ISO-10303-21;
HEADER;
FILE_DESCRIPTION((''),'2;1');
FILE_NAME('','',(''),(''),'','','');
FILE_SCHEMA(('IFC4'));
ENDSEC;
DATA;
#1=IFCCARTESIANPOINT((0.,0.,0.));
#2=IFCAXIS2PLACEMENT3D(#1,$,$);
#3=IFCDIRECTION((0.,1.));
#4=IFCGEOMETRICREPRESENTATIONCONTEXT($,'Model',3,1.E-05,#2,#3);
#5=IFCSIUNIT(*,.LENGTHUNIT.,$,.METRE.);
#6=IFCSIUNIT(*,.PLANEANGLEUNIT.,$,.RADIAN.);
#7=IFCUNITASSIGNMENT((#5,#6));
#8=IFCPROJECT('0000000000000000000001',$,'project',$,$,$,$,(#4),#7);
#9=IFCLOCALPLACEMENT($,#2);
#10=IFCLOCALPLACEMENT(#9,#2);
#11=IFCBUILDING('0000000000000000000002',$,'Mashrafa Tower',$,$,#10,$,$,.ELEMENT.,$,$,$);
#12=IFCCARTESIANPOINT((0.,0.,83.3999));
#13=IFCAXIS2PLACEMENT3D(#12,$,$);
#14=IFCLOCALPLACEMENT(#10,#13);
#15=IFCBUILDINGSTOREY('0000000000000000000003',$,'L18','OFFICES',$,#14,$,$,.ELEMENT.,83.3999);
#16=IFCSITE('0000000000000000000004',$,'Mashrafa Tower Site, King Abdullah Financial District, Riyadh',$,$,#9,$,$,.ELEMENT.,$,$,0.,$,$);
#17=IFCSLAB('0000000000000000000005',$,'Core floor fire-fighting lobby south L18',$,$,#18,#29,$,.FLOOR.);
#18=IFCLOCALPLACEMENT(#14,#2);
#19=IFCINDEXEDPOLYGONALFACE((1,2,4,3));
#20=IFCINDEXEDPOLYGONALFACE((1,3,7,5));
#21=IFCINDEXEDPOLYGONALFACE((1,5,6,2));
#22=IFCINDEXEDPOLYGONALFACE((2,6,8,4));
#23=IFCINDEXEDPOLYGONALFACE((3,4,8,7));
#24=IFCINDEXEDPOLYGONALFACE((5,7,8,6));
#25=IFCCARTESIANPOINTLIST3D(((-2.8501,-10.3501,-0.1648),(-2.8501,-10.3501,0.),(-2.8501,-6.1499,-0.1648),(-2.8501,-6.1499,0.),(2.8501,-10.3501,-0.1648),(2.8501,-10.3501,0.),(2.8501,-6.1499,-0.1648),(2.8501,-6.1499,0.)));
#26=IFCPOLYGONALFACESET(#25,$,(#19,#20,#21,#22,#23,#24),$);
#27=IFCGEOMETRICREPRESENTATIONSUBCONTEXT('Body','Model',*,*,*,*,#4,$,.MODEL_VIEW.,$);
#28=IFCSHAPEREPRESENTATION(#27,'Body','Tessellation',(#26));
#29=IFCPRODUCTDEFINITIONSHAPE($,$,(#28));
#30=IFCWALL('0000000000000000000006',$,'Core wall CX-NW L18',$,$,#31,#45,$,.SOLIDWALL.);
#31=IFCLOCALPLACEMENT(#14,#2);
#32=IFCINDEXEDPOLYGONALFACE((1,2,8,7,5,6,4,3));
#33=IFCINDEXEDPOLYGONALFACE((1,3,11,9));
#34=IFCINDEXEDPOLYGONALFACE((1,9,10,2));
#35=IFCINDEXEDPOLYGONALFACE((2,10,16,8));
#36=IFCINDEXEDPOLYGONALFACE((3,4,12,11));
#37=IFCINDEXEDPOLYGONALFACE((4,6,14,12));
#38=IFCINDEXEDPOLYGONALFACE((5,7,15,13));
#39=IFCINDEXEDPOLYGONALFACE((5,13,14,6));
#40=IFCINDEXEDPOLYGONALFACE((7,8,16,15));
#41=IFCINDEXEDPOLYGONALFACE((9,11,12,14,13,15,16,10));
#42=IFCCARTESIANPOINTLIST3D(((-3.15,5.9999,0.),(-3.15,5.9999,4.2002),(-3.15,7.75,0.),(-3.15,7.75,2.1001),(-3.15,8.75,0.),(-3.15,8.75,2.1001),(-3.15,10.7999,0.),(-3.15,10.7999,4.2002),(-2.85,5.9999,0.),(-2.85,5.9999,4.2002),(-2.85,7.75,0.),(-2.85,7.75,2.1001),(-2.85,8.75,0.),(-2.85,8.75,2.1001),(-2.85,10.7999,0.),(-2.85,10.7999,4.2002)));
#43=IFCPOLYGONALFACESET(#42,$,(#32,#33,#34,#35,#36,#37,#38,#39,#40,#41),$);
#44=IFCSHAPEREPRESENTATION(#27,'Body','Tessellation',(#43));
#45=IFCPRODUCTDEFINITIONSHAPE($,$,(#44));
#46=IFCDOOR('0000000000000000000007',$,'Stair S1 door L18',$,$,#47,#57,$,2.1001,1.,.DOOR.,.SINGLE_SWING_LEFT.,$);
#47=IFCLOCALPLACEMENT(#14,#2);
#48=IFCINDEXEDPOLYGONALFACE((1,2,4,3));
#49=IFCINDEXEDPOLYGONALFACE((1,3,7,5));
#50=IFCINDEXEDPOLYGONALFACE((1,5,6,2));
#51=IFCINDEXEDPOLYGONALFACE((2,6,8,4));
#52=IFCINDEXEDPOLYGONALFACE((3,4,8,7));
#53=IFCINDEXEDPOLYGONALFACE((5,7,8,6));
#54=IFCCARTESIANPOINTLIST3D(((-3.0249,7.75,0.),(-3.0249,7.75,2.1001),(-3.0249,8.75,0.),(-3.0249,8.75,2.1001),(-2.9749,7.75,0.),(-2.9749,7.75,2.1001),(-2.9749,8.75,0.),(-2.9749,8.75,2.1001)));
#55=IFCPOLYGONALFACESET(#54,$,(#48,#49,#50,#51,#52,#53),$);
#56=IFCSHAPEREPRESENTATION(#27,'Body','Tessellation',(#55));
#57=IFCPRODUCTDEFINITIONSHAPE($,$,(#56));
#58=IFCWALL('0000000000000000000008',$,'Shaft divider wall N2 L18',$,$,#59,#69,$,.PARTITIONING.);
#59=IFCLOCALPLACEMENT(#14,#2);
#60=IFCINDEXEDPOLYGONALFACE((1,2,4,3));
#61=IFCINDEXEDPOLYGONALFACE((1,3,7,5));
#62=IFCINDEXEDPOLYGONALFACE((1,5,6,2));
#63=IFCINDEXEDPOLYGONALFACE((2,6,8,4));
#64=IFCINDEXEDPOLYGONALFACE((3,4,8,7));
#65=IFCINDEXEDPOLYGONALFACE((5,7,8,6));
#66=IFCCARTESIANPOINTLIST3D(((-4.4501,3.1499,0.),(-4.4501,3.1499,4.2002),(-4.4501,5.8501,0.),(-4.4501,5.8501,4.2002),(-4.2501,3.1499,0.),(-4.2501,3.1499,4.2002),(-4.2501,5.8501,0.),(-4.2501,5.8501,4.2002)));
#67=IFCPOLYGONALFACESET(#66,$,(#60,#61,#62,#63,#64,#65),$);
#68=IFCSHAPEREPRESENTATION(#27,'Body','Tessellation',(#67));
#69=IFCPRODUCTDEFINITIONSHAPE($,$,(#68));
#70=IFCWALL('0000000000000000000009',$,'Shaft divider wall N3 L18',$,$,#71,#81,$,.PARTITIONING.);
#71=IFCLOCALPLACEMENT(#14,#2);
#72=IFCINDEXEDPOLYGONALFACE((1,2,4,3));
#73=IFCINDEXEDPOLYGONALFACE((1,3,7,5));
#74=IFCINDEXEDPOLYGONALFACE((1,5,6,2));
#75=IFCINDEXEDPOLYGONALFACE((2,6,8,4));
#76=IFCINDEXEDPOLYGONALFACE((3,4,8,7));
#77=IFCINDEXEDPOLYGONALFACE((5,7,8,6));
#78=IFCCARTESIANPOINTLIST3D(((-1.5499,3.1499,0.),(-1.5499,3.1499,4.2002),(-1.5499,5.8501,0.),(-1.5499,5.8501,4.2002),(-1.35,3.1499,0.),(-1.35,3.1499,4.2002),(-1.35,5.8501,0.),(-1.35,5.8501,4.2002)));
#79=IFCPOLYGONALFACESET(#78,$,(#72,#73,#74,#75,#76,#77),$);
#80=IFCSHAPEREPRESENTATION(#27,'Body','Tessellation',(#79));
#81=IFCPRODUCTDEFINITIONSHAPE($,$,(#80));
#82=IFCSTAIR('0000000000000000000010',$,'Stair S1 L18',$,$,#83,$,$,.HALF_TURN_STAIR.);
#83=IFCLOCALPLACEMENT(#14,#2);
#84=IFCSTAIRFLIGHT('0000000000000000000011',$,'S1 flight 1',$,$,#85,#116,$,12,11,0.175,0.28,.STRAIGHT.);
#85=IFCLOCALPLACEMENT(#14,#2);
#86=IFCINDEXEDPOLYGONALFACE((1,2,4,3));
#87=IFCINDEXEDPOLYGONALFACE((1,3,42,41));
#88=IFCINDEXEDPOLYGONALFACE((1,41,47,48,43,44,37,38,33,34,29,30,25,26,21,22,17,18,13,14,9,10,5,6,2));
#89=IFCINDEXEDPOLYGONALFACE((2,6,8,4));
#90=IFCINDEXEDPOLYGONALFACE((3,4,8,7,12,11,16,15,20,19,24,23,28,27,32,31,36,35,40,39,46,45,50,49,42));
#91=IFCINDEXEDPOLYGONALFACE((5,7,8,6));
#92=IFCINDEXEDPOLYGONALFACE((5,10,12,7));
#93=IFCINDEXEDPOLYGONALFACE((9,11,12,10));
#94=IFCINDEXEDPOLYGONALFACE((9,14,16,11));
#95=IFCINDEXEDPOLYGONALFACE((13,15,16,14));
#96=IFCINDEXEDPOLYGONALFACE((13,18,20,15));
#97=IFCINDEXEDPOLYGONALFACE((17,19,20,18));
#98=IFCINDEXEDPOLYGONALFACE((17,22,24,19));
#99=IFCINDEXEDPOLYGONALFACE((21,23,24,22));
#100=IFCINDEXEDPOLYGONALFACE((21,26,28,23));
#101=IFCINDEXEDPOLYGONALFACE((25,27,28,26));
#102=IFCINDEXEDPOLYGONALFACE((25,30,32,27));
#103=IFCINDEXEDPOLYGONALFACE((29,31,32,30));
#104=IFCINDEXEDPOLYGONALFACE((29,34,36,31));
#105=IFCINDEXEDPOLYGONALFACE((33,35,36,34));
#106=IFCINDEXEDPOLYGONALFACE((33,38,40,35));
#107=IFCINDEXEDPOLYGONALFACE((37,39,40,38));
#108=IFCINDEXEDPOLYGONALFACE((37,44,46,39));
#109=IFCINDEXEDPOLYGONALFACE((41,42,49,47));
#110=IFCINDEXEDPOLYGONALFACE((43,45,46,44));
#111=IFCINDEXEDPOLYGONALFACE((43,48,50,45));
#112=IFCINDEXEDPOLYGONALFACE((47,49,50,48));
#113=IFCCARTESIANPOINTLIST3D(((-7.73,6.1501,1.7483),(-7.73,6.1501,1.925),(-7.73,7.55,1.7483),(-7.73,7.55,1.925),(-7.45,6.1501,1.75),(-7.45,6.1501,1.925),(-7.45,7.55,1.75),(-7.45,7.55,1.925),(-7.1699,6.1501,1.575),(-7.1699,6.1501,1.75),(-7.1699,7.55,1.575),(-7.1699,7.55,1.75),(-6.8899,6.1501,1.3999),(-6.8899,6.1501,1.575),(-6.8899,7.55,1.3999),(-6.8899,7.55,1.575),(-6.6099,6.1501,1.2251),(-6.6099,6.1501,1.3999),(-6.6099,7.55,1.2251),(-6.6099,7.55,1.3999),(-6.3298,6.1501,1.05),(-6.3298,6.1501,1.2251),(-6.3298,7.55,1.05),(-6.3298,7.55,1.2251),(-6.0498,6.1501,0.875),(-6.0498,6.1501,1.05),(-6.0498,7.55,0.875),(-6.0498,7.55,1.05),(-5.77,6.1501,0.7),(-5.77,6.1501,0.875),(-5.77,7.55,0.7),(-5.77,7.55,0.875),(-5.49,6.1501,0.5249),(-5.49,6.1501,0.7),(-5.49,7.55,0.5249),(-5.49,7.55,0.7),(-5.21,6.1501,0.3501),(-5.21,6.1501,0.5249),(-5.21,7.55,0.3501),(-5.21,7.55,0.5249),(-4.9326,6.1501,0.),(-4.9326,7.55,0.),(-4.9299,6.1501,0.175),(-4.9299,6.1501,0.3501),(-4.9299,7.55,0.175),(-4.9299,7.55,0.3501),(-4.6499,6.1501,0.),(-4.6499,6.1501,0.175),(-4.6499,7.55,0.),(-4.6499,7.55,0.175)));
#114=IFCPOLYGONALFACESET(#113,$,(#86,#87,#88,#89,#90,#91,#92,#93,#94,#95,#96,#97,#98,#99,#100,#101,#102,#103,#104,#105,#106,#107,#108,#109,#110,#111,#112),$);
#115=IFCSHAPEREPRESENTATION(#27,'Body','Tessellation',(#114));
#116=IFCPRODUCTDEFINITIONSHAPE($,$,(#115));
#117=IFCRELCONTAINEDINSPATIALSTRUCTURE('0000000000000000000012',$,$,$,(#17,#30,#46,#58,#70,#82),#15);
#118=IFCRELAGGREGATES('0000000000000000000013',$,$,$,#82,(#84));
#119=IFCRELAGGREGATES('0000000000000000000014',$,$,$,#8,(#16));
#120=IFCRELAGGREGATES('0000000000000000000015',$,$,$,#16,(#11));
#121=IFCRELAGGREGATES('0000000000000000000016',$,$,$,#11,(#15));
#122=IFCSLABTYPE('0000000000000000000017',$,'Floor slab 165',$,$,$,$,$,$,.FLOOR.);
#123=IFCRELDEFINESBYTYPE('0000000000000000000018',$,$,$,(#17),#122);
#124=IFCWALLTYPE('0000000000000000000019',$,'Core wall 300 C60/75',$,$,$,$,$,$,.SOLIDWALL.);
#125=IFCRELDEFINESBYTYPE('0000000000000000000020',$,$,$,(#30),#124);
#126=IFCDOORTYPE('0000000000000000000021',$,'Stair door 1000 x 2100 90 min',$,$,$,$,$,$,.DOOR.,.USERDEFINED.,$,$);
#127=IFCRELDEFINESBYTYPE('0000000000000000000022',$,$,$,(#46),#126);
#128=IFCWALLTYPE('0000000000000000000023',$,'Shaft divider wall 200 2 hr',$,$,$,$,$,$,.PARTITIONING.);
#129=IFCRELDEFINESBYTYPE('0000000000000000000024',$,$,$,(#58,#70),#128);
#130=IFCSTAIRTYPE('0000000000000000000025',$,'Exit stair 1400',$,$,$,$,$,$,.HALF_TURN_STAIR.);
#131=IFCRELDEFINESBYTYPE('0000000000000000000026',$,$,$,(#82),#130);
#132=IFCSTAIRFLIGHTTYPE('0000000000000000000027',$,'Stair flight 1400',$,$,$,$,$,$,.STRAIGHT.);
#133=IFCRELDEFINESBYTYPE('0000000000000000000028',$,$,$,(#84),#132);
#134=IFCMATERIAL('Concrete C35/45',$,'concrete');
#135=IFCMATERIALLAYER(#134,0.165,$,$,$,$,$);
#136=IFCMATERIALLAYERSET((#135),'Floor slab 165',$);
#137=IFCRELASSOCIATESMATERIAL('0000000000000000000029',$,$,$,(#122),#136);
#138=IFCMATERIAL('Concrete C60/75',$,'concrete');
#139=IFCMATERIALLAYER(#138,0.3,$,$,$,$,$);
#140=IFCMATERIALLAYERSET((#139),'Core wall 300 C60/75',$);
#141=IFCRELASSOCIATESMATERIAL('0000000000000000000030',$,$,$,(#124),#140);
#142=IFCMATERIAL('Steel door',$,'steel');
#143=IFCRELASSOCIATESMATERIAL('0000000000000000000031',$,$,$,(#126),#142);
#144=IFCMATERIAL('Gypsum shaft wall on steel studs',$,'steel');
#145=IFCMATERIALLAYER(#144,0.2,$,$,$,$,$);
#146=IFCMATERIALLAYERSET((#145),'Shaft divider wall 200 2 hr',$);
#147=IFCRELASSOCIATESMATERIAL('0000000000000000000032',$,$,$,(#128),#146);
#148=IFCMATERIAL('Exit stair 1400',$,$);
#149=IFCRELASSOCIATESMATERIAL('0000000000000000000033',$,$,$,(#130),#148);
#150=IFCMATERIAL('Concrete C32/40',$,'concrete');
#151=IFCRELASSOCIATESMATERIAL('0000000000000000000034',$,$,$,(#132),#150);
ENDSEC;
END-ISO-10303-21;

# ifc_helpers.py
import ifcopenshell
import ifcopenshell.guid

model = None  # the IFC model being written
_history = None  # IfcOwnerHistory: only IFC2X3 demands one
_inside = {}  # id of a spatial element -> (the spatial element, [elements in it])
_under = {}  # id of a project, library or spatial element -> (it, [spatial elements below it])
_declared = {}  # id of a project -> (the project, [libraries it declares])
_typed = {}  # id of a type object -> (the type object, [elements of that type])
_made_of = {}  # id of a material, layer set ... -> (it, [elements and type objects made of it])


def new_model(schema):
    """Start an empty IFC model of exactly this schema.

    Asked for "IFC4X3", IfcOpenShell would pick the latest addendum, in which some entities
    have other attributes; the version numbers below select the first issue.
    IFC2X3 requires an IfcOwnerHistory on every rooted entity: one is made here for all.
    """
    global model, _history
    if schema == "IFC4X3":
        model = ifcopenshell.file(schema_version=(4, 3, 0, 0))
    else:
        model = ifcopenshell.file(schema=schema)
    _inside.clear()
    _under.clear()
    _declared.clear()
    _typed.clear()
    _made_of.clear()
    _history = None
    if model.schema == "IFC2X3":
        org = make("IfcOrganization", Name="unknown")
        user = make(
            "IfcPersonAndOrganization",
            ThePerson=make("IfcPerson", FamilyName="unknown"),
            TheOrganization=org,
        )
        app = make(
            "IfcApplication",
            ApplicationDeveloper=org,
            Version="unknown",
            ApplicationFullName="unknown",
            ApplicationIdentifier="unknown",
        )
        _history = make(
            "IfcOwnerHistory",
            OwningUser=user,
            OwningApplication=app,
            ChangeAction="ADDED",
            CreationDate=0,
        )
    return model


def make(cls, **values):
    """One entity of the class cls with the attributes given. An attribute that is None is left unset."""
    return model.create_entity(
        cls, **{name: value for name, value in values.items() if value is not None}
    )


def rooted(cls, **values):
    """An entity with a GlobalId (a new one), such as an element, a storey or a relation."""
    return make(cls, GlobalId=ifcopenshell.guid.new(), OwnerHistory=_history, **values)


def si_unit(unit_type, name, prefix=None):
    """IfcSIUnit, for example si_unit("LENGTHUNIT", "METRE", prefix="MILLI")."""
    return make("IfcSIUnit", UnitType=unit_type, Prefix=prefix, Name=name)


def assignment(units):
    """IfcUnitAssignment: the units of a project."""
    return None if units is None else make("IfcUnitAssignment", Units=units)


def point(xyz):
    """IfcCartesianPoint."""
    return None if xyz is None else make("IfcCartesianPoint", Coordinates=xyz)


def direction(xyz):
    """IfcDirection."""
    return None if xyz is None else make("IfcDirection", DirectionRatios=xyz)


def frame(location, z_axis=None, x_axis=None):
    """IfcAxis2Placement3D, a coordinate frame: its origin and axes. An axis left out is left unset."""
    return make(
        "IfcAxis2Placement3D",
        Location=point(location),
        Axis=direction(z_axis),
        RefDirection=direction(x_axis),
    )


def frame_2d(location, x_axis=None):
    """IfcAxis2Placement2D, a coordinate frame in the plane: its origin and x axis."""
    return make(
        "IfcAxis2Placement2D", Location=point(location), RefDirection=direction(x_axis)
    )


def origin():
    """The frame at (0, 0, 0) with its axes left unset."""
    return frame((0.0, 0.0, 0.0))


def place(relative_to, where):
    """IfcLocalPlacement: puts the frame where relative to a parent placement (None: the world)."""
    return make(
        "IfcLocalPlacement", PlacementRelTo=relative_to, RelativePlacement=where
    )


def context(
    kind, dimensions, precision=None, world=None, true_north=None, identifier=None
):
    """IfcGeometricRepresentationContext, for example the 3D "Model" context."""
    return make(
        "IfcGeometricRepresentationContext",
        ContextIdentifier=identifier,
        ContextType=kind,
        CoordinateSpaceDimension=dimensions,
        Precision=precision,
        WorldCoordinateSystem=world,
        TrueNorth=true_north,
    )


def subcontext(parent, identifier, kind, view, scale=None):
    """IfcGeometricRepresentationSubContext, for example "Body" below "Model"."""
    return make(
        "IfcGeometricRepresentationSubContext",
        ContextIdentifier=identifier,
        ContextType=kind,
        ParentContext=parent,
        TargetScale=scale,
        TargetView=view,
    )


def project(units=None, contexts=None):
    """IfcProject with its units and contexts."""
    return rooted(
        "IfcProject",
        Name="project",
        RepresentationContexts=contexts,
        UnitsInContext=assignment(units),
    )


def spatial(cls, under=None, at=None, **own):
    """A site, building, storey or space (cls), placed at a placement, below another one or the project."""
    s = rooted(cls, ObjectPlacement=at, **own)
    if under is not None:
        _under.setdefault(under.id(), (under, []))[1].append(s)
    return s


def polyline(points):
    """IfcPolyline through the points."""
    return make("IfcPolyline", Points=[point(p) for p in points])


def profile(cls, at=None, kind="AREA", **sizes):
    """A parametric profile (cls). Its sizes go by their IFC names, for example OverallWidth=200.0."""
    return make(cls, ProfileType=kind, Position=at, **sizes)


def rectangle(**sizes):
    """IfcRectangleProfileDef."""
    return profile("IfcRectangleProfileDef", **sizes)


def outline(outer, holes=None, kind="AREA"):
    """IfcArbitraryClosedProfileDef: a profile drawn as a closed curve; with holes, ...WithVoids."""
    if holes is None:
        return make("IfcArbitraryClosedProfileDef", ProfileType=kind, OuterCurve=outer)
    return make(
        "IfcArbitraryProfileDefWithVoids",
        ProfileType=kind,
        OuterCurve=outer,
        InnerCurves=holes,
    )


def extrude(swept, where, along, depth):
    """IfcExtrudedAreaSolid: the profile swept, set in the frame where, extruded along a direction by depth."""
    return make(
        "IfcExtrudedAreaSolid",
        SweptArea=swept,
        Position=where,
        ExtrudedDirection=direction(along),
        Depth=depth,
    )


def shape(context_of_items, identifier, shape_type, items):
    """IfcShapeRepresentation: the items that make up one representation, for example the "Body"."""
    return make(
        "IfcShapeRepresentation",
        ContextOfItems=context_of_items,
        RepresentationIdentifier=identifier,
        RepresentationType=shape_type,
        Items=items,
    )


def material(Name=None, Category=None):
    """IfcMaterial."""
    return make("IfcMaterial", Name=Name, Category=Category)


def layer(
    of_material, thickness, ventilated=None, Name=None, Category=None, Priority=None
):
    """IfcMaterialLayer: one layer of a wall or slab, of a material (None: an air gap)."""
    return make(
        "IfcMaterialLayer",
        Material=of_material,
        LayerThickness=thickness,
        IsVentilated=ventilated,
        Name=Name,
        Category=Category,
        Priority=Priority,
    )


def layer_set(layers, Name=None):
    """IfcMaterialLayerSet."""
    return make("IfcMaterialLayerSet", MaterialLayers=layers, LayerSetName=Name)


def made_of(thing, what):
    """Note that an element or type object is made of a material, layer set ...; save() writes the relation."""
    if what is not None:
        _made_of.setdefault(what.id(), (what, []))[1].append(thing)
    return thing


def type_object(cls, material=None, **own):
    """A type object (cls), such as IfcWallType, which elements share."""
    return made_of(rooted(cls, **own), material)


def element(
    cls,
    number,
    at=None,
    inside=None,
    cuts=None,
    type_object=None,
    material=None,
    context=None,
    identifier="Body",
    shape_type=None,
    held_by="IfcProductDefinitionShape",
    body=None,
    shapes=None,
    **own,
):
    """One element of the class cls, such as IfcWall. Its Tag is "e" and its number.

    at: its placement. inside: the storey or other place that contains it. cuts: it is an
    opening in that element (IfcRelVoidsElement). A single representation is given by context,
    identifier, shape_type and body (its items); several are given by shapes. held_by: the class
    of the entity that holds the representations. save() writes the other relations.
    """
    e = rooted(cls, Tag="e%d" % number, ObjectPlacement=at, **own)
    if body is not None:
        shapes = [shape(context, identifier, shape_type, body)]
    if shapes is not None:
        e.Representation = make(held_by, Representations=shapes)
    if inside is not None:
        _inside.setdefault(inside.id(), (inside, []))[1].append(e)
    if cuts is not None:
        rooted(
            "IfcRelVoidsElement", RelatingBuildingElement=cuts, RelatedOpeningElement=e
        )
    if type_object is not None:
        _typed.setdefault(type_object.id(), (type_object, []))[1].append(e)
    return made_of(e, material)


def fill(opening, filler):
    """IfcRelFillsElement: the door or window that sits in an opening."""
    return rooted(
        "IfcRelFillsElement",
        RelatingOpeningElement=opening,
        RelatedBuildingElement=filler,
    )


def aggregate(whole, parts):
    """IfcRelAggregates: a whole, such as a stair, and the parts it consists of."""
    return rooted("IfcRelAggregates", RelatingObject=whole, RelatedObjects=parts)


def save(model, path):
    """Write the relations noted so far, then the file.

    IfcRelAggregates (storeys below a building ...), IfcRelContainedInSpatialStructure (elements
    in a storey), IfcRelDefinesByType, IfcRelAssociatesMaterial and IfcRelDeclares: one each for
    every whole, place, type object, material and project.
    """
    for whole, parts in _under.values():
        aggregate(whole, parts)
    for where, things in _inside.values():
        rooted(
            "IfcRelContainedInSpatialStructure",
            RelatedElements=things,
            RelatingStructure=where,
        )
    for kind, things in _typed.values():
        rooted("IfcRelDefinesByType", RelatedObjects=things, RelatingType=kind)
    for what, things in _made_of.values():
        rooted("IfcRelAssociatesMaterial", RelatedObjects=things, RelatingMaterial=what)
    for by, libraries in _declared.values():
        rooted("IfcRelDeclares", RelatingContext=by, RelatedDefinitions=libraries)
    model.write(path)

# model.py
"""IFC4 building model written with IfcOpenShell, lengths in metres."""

from ifc_helpers import new_model, si_unit, direction, frame, frame_2d, origin, place, context, subcontext, project, spatial, polyline, rectangle, outline, extrude, material, layer, layer_set, type_object, element, fill, aggregate, save


model = new_model("IFC4")

# Units and contexts
model_context = context("Model", 3, precision=1e-05, world=origin(), true_north=direction((0.0, 1.0)))
body_context = subcontext(model_context, "Body", "Model", "MODEL_VIEW")
ifc_project = project(units=[si_unit("LENGTHUNIT", "METRE"), si_unit("PLANEANGLEUNIT", "RADIAN")], contexts=[model_context])

# Site, building, storey
site_placement = place(None, origin())
site = spatial("IfcSite", under=ifc_project, at=site_placement, Name="Mashrafa Tower Site, King Abdullah Financial District, Riyadh", CompositionType="ELEMENT", RefElevation=0.0)
building_placement = place(site_placement, origin())
building = spatial("IfcBuilding", under=site, at=building_placement, Name="Mashrafa Tower", CompositionType="ELEMENT")
storey_placement = place(building_placement, frame((0.0, 0.0, 83.3999)))
storey = spatial("IfcBuildingStorey", under=building, at=storey_placement, Name="L18", Description="OFFICES", CompositionType="ELEMENT", Elevation=83.3999)

# Slab
ifc_material_1 = material(Name="Concrete C35/45", Category="concrete")
ifc_layer_1 = layer(ifc_material_1, 0.165)
ifc_layer_set_1 = layer_set([ifc_layer_1], Name="Floor slab 165")
slab_type = type_object("IfcSlabType", Name="Floor slab 165", PredefinedType="FLOOR", material=ifc_layer_set_1)
slab_1_placement = place(storey_placement, frame((0.0, 0.0, -0.1648)))
element("IfcSlab", 1, at=slab_1_placement, inside=storey, type_object=slab_type, Name="Core floor fire-fighting lobby south L18", PredefinedType="FLOOR", context=body_context, shape_type="SweptSolid", body=[
    extrude(outline(polyline([(2.8501, -6.1499), (2.8501, -10.3501), (-2.8501, -10.3501), (-2.8501, -6.1499), (2.8501, -6.1499)])), origin(), (0.0, 0.0, 1.0), 0.1648),
])

# Wall, opening, door
ifc_material_2 = material(Name="Concrete C60/75", Category="concrete")
ifc_layer_2 = layer(ifc_material_2, 0.3)
ifc_layer_set_2 = layer_set([ifc_layer_2], Name="Core wall 300 C60/75")
wall_type_1 = type_object("IfcWallType", Name="Core wall 300 C60/75", PredefinedType="SOLIDWALL", material=ifc_layer_set_2)
wall_placement = place(storey_placement, frame((-3.0, 6.0, 0.0), z_axis=(0.0, 0.0, 1.0), x_axis=(0.0, 1.0, 0.0)))
wall = element("IfcWall", 2, at=wall_placement, inside=storey, type_object=wall_type_1, Name="Core wall CX-NW L18", PredefinedType="SOLIDWALL", context=body_context, shape_type="SweptSolid", body=[
    extrude(rectangle(XDim=4.8, YDim=0.3, at=frame_2d((2.3999, 0.0))), origin(), (0.0, 0.0, 1.0), 4.2002),
])
opening_placement = place(wall_placement, frame((1.75, 0.0, 0.0)))
opening = element("IfcOpeningElement", 3, at=opening_placement, cuts=wall, PredefinedType="OPENING", context=body_context, shape_type="SweptSolid", body=[
    extrude(rectangle(XDim=1.0, YDim=2.1001, at=frame_2d((0.5, 1.05))), frame((0.0, 0.1599, 0.0), z_axis=(0.0, -1.0, 0.0), x_axis=(1.0, 0.0, 0.0)), (0.0, 0.0, 1.0), 0.3201),
])
ifc_material_3 = material(Name="Steel door", Category="steel")
door_type = type_object("IfcDoorType", Name="Stair door 1000 x 2100 90 min", OperationType="USERDEFINED", PredefinedType="DOOR", material=ifc_material_3)
door_placement = place(opening_placement, origin())
door = element("IfcDoor", 4, at=door_placement, inside=storey, type_object=door_type, Name="Stair S1 door L18", OperationType="SINGLE_SWING_LEFT", OverallHeight=2.1001, OverallWidth=1.0, PredefinedType="DOOR", context=body_context, shape_type="SweptSolid", body=[
    extrude(rectangle(XDim=1.0, YDim=2.1001, at=frame_2d((0.5, 1.05))), frame((0.0, 0.0249, 0.0), z_axis=(0.0, -1.0, 0.0), x_axis=(1.0, 0.0, 0.0)), (0.0, 0.0, 1.0), 0.05),
])
fill(opening, door)

# Walls
ifc_material_4 = material(Name="Gypsum shaft wall on steel studs", Category="steel")
ifc_layer_3 = layer(ifc_material_4, 0.2)
ifc_layer_set_3 = layer_set([ifc_layer_3], Name="Shaft divider wall 200 2 hr")
wall_type_2 = type_object("IfcWallType", Name="Shaft divider wall 200 2 hr", PredefinedType="PARTITIONING", material=ifc_layer_set_3)
for number, where, z_axis, x_axis, name in (
    (5, (-4.3501, 3.1499, 0.0), (0.0, 0.0, 1.0), (0.0, 1.0, 0.0), "Shaft divider wall N2 L18"),
    (6, (-1.45, 3.1499, 0.0), (0.0, 0.0, 1.0), (0.0, 1.0, 0.0), "Shaft divider wall N3 L18"),
):
    element("IfcWall", number, at=place(storey_placement, frame(where, z_axis=z_axis, x_axis=x_axis)), inside=storey, type_object=wall_type_2, Name=name, PredefinedType="PARTITIONING", context=body_context, shape_type="SweptSolid", body=[
        extrude(rectangle(XDim=2.7002, YDim=0.2, at=frame_2d((1.3501, 0.0))), origin(), (0.0, 0.0, 1.0), 4.2002),
    ])

# Stair, stair flight
ifc_material_5 = material(Name="Exit stair 1400")
stair_type = type_object("IfcStairType", Name="Exit stair 1400", PredefinedType="HALF_TURN_STAIR", material=ifc_material_5)
stair_placement = place(storey_placement, origin())
stair = element("IfcStair", 7, at=stair_placement, inside=storey, type_object=stair_type, Name="Stair S1 L18", PredefinedType="HALF_TURN_STAIR")
ifc_material_6 = material(Name="Concrete C32/40", Category="concrete")
stair_flight_type = type_object("IfcStairFlightType", Name="Stair flight 1400", PredefinedType="STRAIGHT", material=ifc_material_6)
stair_flight_placement = place(storey_placement, frame((-4.6499, 6.8501, 0.0), z_axis=(0.0, 0.0, 1.0), x_axis=(-1.0, 0.0, 0.0)))
stair_flight = element("IfcStairFlight", 8, at=stair_flight_placement, type_object=stair_flight_type, Name="S1 flight 1", NumberOfRisers=12, NumberOfTreads=11, PredefinedType="STRAIGHT", RiserHeight=0.175, TreadLength=0.28, context=body_context, shape_type="SweptSolid", body=[
    extrude(outline(polyline([(0.0, 0.0), (0.0, 0.175), (0.28, 0.175), (0.28, 0.3501), (0.5601, 0.3501), (0.5601, 0.5249), (0.8401, 0.5249), (0.8401, 0.7), (1.1201, 0.7), (1.1201, 0.875), (1.3999, 0.875), (1.3999, 1.05), (1.6799, 1.05), (1.6799, 1.2251), (1.96, 1.2251), (1.96, 1.3999), (2.24, 1.3999), (2.24, 1.575), (2.52, 1.575), (2.52, 1.75), (2.8, 1.75), (2.8, 1.925), (3.0801, 1.925), (3.0801, 2.1001), (3.0801, 1.7483), (0.2827, 0.0), (0.0, 0.0)])), frame((0.0, 0.7, 0.0), z_axis=(0.0, -1.0, 0.0), x_axis=(1.0, 0.0, 0.0)), (0.0, 0.0, 1.0), 1.3999),
])
aggregate(stair, [stair_flight])

save(model, "model.ifc")
